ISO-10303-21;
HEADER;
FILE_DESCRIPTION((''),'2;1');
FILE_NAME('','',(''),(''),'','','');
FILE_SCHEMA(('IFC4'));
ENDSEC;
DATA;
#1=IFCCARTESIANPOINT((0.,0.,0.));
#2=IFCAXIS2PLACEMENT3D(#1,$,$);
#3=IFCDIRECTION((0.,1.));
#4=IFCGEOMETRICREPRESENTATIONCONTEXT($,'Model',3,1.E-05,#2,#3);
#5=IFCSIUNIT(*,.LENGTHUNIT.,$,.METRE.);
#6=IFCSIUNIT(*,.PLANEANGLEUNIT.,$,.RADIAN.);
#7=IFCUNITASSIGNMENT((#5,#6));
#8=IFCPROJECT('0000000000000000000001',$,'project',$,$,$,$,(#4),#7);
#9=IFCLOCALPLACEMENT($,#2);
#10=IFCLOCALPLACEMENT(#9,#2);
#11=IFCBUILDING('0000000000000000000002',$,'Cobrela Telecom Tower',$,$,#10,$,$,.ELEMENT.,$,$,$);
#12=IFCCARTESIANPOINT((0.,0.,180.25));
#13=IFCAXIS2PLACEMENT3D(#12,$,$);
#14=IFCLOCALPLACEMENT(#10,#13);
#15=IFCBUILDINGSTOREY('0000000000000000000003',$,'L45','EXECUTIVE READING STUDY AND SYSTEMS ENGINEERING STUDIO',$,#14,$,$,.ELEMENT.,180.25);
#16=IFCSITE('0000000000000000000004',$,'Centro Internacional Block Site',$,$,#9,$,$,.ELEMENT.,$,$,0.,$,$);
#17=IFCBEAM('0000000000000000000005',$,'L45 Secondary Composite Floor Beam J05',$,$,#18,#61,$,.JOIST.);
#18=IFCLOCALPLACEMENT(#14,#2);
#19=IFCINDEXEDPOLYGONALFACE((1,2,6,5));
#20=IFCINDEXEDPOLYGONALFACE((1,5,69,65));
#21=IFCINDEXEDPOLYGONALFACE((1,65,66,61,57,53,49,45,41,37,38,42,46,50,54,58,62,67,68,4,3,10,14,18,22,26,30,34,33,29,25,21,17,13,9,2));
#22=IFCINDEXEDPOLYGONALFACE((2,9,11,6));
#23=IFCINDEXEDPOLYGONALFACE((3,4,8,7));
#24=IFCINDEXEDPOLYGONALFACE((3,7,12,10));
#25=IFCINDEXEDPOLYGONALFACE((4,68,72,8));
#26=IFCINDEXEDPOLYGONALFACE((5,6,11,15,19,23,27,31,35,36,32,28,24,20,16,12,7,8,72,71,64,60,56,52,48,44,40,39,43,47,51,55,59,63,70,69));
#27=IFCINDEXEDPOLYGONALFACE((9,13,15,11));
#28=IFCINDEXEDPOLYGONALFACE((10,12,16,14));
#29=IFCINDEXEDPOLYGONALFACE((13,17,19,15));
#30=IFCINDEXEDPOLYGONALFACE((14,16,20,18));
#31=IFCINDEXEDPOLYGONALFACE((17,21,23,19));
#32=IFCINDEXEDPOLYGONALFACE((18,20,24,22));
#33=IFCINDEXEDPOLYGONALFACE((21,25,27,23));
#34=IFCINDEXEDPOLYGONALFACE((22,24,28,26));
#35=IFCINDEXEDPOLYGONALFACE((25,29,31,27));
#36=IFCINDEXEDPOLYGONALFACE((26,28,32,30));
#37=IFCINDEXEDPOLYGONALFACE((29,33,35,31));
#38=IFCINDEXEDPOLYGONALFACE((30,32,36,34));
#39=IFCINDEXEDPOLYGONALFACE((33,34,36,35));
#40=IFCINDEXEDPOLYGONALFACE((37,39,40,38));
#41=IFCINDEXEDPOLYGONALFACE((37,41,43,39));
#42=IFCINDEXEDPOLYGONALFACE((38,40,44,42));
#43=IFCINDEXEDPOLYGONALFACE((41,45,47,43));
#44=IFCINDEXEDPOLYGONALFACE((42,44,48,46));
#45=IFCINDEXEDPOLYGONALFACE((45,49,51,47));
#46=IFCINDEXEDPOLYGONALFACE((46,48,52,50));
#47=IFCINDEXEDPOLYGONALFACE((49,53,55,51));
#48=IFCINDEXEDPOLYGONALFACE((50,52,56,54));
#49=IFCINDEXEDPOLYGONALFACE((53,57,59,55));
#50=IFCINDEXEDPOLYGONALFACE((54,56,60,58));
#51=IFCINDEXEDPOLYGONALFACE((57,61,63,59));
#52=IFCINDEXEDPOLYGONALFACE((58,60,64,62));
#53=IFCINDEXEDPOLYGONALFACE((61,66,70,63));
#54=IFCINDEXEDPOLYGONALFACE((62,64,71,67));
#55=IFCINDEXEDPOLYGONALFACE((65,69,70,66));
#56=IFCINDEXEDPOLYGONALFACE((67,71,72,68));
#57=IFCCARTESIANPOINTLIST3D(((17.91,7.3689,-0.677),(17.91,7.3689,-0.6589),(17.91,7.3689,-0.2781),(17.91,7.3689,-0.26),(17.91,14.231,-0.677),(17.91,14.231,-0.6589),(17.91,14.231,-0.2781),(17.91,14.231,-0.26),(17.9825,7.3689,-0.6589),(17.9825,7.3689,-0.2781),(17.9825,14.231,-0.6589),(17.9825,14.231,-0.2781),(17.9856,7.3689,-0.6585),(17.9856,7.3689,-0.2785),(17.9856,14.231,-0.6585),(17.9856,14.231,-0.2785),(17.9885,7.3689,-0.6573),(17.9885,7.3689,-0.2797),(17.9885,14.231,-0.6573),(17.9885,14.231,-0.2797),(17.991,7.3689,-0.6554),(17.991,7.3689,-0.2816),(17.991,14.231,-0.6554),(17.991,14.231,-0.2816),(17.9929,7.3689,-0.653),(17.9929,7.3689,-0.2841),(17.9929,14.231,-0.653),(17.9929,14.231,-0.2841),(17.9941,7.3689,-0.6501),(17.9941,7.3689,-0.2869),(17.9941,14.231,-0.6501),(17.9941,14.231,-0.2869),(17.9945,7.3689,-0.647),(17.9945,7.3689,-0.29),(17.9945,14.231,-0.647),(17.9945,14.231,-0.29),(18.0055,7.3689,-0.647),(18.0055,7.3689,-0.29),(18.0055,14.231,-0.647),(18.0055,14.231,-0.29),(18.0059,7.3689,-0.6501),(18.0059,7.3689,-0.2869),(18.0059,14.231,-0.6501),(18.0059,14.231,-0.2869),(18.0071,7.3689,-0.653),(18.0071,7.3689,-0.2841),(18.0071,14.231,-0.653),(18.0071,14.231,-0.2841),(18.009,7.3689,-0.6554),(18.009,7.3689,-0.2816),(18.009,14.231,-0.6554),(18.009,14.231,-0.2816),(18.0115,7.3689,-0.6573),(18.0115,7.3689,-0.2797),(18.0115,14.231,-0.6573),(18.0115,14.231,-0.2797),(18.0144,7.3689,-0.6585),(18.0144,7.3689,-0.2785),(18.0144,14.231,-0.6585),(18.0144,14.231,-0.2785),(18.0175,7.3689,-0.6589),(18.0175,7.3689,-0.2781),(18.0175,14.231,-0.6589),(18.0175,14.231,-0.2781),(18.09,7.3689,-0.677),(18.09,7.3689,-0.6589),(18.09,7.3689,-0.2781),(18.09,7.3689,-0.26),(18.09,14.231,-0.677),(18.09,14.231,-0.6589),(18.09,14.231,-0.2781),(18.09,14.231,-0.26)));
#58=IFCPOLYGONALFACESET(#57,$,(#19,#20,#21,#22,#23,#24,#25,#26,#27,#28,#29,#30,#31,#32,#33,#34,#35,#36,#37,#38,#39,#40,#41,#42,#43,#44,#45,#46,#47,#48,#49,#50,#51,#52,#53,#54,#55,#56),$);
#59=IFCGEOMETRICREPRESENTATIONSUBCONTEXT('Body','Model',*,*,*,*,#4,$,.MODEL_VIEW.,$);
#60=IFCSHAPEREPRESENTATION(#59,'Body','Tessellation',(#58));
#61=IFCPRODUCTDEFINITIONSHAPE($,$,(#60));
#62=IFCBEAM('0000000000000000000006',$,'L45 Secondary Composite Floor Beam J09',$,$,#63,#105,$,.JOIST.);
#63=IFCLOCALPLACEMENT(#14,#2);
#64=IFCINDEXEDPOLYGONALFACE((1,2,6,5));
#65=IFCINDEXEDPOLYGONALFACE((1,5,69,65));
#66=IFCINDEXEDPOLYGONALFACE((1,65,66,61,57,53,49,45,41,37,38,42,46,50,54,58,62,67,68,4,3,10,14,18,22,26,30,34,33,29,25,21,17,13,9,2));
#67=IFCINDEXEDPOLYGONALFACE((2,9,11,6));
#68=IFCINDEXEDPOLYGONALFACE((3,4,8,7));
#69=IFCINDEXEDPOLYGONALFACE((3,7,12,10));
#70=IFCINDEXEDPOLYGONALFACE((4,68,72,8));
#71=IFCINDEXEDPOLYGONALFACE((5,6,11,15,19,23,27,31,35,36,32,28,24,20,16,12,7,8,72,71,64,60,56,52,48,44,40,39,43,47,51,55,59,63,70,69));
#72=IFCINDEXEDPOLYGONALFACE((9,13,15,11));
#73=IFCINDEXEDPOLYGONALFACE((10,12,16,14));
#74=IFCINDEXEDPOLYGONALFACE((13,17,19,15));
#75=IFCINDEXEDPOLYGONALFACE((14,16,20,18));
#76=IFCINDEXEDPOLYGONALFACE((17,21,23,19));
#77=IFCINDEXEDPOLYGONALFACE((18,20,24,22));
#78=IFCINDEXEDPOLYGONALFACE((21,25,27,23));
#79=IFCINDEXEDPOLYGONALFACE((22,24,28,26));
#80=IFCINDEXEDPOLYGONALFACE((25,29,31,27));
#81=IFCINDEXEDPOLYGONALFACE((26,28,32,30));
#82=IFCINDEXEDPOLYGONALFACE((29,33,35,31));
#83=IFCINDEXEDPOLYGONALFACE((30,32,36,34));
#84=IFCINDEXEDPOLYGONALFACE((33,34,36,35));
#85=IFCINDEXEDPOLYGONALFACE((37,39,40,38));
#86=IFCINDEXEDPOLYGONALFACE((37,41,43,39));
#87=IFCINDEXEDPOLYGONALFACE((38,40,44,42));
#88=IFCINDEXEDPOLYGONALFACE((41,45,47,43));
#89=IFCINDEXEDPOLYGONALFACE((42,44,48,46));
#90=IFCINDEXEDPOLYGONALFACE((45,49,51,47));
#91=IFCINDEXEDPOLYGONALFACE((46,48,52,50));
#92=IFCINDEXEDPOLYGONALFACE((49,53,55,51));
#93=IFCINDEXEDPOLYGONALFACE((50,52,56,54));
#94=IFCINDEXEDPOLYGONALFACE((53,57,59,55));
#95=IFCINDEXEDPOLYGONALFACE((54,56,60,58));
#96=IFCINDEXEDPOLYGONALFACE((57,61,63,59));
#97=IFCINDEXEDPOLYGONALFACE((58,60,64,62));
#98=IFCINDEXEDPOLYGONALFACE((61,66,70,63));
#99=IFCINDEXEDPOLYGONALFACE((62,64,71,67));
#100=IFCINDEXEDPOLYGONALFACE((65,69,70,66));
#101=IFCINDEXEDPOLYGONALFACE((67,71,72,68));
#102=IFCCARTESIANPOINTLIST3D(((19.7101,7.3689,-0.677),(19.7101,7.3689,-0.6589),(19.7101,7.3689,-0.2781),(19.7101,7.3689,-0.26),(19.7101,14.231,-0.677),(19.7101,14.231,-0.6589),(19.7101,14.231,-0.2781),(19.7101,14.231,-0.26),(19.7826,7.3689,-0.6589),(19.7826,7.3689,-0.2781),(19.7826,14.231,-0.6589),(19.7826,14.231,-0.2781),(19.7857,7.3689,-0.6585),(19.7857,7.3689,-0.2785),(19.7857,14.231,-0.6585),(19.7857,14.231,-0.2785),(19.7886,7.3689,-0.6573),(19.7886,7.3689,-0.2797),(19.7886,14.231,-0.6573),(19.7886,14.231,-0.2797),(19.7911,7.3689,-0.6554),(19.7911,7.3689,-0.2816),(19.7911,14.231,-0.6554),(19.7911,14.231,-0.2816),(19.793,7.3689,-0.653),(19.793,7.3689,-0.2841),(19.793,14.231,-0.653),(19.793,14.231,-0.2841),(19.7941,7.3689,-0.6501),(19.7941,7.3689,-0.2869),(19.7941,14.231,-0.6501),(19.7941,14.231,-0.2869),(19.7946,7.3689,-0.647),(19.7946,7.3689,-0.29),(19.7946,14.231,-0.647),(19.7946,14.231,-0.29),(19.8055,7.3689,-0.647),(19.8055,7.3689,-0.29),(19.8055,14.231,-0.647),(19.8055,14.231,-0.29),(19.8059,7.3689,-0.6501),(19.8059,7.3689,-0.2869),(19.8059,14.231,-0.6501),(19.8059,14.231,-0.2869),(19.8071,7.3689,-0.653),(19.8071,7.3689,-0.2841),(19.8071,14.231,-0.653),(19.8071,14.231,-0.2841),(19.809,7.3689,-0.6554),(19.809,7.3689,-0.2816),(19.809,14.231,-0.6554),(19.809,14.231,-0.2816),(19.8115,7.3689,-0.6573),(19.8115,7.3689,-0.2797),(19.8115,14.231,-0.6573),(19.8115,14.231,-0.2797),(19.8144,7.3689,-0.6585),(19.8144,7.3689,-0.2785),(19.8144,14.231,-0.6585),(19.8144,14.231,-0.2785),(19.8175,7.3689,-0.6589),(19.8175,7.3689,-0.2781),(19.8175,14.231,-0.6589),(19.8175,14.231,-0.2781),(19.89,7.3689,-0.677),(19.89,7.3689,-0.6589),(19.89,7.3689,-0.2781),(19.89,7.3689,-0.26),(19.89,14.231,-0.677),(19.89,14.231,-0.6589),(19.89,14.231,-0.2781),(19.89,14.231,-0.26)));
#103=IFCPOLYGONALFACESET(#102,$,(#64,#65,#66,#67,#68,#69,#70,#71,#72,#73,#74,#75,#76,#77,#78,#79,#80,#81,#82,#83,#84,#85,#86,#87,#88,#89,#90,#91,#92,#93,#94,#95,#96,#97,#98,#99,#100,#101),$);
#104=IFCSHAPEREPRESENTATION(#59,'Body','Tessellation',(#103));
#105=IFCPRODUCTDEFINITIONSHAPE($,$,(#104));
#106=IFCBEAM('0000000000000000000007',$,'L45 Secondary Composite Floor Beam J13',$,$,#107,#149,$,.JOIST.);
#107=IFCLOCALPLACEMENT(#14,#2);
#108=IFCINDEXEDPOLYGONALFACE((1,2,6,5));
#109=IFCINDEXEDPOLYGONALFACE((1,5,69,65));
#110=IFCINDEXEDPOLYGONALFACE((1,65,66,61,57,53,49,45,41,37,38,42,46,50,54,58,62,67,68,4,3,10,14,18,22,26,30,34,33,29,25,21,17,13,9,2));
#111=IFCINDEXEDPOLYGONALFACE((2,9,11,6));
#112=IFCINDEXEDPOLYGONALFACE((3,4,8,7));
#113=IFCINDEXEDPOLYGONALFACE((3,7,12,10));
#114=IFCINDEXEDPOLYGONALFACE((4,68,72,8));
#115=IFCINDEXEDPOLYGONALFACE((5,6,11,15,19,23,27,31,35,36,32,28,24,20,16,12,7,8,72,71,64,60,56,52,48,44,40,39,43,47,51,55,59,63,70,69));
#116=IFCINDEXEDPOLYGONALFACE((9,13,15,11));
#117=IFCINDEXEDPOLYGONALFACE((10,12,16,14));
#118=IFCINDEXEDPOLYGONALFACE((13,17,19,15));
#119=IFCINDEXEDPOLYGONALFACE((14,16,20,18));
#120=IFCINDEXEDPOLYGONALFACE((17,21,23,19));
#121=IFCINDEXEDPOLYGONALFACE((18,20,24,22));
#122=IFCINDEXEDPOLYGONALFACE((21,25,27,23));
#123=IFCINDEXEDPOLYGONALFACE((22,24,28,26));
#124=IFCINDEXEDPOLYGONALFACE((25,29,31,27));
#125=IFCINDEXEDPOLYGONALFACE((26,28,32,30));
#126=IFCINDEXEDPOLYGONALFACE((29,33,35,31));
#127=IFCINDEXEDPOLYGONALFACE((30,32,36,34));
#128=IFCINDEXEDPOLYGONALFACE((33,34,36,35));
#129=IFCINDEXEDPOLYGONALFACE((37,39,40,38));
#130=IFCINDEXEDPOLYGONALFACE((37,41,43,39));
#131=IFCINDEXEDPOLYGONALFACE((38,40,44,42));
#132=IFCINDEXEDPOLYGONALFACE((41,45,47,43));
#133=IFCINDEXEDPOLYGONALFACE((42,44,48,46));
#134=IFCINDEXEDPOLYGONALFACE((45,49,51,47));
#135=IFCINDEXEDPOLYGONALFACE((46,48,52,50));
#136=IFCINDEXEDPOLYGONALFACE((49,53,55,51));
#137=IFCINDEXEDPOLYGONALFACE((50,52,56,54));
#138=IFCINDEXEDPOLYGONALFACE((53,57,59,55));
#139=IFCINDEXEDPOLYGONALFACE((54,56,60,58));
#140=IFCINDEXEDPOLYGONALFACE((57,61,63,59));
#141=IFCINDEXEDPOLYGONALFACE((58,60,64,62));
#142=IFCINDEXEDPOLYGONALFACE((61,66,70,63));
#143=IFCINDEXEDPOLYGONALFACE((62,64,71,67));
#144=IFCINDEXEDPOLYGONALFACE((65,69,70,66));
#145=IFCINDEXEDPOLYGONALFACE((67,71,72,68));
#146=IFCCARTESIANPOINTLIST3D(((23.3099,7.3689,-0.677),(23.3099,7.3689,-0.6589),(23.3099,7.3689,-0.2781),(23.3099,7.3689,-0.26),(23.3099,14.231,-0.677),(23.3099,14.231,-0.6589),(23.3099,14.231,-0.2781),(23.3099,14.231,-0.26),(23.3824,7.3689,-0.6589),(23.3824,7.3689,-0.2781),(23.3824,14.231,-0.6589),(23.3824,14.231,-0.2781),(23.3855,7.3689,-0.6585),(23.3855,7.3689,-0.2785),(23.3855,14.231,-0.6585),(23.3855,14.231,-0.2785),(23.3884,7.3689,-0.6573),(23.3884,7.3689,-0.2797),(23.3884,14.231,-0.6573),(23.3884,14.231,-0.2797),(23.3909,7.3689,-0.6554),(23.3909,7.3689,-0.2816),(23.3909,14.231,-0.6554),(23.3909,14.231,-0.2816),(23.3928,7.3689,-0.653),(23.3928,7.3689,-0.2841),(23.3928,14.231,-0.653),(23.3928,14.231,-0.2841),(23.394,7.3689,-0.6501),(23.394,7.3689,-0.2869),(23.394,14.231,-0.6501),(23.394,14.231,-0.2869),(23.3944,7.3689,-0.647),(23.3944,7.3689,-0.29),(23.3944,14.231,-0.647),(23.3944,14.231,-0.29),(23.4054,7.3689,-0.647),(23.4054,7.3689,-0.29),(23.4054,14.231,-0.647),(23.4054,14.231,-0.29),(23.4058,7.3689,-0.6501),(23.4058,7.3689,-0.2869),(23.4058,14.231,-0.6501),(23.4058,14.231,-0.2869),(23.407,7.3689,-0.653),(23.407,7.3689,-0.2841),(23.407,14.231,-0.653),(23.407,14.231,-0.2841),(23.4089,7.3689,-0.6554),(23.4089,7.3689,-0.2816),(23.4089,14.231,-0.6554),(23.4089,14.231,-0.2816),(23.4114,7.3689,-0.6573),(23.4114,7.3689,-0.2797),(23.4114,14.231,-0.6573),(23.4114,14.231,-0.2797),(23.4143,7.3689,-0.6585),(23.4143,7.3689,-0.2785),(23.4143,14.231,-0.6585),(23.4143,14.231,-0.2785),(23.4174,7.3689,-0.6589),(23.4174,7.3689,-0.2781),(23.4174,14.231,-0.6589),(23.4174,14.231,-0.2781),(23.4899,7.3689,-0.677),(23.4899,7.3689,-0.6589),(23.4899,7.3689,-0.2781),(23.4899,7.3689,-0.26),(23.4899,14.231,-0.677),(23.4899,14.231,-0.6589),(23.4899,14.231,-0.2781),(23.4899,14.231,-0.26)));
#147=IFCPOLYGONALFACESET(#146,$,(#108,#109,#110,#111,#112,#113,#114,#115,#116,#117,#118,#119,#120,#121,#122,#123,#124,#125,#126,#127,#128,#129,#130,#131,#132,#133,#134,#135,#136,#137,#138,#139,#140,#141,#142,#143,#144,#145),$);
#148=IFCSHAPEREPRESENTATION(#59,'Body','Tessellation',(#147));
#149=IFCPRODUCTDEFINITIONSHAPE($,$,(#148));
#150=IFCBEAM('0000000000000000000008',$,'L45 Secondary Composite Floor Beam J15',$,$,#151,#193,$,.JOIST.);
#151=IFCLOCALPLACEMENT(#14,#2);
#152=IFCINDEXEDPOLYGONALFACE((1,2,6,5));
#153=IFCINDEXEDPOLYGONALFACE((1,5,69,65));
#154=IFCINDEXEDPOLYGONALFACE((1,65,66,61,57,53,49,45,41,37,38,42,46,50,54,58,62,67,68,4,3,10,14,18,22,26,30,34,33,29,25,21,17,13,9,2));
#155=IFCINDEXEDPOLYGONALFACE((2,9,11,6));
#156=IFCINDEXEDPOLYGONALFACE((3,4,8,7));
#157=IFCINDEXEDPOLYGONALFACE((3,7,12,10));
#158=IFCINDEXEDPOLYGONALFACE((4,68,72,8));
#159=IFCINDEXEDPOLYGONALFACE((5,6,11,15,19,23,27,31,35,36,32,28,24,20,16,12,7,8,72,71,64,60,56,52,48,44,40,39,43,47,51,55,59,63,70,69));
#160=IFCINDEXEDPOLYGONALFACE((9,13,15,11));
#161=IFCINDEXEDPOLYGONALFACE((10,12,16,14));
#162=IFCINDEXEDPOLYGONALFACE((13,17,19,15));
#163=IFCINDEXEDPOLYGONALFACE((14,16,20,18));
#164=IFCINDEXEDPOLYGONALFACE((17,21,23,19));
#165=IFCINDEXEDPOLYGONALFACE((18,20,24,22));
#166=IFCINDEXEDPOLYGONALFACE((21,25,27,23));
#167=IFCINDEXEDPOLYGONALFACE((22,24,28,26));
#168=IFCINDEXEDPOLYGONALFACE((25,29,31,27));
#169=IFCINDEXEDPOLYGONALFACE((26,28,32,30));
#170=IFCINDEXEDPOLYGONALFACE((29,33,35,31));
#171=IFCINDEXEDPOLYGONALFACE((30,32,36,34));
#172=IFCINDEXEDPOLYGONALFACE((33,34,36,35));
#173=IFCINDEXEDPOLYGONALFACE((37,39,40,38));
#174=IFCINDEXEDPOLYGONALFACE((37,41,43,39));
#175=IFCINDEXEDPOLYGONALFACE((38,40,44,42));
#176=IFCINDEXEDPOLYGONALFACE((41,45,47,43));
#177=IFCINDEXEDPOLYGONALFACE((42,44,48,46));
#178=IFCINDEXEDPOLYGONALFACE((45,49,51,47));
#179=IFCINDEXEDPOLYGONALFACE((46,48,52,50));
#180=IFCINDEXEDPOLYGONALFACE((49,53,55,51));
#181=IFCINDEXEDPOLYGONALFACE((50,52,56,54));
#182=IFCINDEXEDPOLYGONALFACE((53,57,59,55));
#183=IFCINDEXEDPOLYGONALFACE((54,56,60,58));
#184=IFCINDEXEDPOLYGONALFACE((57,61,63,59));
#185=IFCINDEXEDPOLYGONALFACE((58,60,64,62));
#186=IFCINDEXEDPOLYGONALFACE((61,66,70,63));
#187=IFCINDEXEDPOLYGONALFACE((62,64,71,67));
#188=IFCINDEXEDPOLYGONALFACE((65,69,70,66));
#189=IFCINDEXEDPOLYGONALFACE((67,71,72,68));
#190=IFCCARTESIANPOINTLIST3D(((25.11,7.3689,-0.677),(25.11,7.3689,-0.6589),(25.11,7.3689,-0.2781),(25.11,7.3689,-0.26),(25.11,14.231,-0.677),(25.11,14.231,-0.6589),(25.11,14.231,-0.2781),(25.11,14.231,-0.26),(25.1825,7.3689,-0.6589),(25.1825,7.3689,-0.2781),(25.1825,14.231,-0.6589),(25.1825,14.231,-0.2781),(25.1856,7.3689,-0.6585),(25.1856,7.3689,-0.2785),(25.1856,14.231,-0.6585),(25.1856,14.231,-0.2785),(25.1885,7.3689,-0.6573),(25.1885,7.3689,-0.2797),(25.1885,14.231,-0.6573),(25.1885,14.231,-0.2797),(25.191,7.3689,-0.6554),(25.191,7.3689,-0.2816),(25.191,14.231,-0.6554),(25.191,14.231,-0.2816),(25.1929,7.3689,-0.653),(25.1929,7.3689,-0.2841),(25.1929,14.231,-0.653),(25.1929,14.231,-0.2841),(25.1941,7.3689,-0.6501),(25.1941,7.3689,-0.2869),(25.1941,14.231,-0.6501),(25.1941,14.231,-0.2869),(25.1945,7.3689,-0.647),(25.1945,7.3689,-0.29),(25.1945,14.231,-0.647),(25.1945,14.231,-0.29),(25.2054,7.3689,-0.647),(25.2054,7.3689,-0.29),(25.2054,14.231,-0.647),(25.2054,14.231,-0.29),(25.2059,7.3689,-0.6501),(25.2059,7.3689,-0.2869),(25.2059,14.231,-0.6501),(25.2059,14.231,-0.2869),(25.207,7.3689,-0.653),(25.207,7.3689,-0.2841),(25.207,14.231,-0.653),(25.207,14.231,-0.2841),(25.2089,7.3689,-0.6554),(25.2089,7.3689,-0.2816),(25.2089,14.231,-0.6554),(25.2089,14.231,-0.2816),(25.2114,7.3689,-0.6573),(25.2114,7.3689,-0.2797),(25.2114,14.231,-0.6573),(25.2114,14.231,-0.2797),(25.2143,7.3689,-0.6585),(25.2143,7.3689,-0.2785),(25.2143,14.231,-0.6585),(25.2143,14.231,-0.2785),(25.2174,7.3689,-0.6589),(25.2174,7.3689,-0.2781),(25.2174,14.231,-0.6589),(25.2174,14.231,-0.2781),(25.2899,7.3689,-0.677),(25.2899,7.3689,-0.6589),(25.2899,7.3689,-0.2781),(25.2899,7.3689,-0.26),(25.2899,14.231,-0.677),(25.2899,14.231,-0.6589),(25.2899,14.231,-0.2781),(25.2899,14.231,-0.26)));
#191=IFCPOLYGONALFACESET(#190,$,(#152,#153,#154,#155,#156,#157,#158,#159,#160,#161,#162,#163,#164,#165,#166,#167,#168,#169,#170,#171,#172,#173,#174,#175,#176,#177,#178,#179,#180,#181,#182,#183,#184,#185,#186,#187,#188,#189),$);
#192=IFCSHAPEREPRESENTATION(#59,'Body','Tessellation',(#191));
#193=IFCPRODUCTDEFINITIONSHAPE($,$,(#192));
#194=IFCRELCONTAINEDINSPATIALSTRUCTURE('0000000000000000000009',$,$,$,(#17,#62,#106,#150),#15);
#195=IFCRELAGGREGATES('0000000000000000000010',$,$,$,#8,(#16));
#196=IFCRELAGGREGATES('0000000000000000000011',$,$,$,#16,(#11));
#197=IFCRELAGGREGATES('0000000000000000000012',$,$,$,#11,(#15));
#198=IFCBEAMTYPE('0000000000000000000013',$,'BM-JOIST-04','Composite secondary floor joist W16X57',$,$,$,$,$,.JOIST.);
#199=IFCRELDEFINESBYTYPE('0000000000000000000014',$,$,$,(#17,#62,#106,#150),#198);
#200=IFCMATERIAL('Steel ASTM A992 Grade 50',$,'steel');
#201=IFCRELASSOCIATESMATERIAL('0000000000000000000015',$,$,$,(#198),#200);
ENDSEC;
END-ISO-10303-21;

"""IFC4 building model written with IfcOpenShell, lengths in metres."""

from ifc_helpers import new_model, si_unit, direction, frame, origin, origin_2d, place, context, subcontext, project, spatial, i_section, extrude, material, material_profile, profile_set, type_object, element, save


model = new_model("IFC4")

# Units and contexts
model_context = context("Model", 3, precision=1e-05, world=origin(), true_north=direction((0.0, 1.0)))
body_context = subcontext(model_context, "Body", "Model", "MODEL_VIEW")
ifc_project = project(units=[si_unit("LENGTHUNIT", "METRE"), si_unit("PLANEANGLEUNIT", "RADIAN")], contexts=[model_context])

# Site, building, storey
site_placement = place(None, origin())
site = spatial("IfcSite", under=ifc_project, at=site_placement, Name="Centro Internacional Block Site", CompositionType="ELEMENT", RefElevation=0.0)
building_placement = place(site_placement, origin())
building = spatial("IfcBuilding", under=site, at=building_placement, Name="Cobrela Telecom Tower", CompositionType="ELEMENT")
storey_placement = place(building_placement, frame((0.0, 0.0, 180.25)))
storey = spatial("IfcBuildingStorey", under=building, at=storey_placement, Name="L45", Description="EXECUTIVE READING STUDY AND SYSTEMS ENGINEERING STUDIO", CompositionType="ELEMENT", Elevation=180.25)

# Shared definitions
ifc_material_1 = material(Name="Steel ASTM A992 Grade 50", Category="steel")

# Beams
ifc_material_profile_1 = material_profile(ifc_material_1, i_section(OverallWidth=0.1799, OverallDepth=0.417, WebThickness=0.011, FlangeThickness=0.0181, FilletRadius=0.012, at=origin_2d()), Name="W16X57")
ifc_profile_set_1 = profile_set([ifc_material_profile_1], Name="Steel ASTM A992 Grade 50")
beam_type_1 = type_object("IfcBeamType", Name="BM-JOIST-04", Description="Composite secondary floor joist W16X57", PredefinedType="JOIST", material=ifc_profile_set_1)
for number, where, z_axis, x_axis, name in (
    (1, (18.0, 7.3689, -0.4685), (0.0, 1.0, 0.0), (-1.0, 0.0, 0.0), "L45 Secondary Composite Floor Beam J05"),
    (2, (19.8, 7.3689, -0.4685), (0.0, 1.0, 0.0), (-1.0, 0.0, 0.0), "L45 Secondary Composite Floor Beam J09"),
    (3, (23.3999, 7.3689, -0.4685), (0.0, 1.0, 0.0), (-1.0, 0.0, 0.0), "L45 Secondary Composite Floor Beam J13"),
    (4, (25.2, 7.3689, -0.4685), (0.0, 1.0, 0.0), (-1.0, 0.0, 0.0), "L45 Secondary Composite Floor Beam J15"),
):
    element("IfcBeam", number, at=place(storey_placement, frame(where, z_axis=z_axis, x_axis=x_axis)), inside=storey, type_object=beam_type_1, Name=name, PredefinedType="JOIST", context=body_context, shape_type="SweptSolid", body=[
        extrude(i_section(OverallWidth=0.1799, OverallDepth=0.417, WebThickness=0.011, FlangeThickness=0.0181, FilletRadius=0.012, at=origin_2d()), origin(), (0.0, 0.0, 1.0), 6.8621),
    ])

save(model, "model.ifc")
